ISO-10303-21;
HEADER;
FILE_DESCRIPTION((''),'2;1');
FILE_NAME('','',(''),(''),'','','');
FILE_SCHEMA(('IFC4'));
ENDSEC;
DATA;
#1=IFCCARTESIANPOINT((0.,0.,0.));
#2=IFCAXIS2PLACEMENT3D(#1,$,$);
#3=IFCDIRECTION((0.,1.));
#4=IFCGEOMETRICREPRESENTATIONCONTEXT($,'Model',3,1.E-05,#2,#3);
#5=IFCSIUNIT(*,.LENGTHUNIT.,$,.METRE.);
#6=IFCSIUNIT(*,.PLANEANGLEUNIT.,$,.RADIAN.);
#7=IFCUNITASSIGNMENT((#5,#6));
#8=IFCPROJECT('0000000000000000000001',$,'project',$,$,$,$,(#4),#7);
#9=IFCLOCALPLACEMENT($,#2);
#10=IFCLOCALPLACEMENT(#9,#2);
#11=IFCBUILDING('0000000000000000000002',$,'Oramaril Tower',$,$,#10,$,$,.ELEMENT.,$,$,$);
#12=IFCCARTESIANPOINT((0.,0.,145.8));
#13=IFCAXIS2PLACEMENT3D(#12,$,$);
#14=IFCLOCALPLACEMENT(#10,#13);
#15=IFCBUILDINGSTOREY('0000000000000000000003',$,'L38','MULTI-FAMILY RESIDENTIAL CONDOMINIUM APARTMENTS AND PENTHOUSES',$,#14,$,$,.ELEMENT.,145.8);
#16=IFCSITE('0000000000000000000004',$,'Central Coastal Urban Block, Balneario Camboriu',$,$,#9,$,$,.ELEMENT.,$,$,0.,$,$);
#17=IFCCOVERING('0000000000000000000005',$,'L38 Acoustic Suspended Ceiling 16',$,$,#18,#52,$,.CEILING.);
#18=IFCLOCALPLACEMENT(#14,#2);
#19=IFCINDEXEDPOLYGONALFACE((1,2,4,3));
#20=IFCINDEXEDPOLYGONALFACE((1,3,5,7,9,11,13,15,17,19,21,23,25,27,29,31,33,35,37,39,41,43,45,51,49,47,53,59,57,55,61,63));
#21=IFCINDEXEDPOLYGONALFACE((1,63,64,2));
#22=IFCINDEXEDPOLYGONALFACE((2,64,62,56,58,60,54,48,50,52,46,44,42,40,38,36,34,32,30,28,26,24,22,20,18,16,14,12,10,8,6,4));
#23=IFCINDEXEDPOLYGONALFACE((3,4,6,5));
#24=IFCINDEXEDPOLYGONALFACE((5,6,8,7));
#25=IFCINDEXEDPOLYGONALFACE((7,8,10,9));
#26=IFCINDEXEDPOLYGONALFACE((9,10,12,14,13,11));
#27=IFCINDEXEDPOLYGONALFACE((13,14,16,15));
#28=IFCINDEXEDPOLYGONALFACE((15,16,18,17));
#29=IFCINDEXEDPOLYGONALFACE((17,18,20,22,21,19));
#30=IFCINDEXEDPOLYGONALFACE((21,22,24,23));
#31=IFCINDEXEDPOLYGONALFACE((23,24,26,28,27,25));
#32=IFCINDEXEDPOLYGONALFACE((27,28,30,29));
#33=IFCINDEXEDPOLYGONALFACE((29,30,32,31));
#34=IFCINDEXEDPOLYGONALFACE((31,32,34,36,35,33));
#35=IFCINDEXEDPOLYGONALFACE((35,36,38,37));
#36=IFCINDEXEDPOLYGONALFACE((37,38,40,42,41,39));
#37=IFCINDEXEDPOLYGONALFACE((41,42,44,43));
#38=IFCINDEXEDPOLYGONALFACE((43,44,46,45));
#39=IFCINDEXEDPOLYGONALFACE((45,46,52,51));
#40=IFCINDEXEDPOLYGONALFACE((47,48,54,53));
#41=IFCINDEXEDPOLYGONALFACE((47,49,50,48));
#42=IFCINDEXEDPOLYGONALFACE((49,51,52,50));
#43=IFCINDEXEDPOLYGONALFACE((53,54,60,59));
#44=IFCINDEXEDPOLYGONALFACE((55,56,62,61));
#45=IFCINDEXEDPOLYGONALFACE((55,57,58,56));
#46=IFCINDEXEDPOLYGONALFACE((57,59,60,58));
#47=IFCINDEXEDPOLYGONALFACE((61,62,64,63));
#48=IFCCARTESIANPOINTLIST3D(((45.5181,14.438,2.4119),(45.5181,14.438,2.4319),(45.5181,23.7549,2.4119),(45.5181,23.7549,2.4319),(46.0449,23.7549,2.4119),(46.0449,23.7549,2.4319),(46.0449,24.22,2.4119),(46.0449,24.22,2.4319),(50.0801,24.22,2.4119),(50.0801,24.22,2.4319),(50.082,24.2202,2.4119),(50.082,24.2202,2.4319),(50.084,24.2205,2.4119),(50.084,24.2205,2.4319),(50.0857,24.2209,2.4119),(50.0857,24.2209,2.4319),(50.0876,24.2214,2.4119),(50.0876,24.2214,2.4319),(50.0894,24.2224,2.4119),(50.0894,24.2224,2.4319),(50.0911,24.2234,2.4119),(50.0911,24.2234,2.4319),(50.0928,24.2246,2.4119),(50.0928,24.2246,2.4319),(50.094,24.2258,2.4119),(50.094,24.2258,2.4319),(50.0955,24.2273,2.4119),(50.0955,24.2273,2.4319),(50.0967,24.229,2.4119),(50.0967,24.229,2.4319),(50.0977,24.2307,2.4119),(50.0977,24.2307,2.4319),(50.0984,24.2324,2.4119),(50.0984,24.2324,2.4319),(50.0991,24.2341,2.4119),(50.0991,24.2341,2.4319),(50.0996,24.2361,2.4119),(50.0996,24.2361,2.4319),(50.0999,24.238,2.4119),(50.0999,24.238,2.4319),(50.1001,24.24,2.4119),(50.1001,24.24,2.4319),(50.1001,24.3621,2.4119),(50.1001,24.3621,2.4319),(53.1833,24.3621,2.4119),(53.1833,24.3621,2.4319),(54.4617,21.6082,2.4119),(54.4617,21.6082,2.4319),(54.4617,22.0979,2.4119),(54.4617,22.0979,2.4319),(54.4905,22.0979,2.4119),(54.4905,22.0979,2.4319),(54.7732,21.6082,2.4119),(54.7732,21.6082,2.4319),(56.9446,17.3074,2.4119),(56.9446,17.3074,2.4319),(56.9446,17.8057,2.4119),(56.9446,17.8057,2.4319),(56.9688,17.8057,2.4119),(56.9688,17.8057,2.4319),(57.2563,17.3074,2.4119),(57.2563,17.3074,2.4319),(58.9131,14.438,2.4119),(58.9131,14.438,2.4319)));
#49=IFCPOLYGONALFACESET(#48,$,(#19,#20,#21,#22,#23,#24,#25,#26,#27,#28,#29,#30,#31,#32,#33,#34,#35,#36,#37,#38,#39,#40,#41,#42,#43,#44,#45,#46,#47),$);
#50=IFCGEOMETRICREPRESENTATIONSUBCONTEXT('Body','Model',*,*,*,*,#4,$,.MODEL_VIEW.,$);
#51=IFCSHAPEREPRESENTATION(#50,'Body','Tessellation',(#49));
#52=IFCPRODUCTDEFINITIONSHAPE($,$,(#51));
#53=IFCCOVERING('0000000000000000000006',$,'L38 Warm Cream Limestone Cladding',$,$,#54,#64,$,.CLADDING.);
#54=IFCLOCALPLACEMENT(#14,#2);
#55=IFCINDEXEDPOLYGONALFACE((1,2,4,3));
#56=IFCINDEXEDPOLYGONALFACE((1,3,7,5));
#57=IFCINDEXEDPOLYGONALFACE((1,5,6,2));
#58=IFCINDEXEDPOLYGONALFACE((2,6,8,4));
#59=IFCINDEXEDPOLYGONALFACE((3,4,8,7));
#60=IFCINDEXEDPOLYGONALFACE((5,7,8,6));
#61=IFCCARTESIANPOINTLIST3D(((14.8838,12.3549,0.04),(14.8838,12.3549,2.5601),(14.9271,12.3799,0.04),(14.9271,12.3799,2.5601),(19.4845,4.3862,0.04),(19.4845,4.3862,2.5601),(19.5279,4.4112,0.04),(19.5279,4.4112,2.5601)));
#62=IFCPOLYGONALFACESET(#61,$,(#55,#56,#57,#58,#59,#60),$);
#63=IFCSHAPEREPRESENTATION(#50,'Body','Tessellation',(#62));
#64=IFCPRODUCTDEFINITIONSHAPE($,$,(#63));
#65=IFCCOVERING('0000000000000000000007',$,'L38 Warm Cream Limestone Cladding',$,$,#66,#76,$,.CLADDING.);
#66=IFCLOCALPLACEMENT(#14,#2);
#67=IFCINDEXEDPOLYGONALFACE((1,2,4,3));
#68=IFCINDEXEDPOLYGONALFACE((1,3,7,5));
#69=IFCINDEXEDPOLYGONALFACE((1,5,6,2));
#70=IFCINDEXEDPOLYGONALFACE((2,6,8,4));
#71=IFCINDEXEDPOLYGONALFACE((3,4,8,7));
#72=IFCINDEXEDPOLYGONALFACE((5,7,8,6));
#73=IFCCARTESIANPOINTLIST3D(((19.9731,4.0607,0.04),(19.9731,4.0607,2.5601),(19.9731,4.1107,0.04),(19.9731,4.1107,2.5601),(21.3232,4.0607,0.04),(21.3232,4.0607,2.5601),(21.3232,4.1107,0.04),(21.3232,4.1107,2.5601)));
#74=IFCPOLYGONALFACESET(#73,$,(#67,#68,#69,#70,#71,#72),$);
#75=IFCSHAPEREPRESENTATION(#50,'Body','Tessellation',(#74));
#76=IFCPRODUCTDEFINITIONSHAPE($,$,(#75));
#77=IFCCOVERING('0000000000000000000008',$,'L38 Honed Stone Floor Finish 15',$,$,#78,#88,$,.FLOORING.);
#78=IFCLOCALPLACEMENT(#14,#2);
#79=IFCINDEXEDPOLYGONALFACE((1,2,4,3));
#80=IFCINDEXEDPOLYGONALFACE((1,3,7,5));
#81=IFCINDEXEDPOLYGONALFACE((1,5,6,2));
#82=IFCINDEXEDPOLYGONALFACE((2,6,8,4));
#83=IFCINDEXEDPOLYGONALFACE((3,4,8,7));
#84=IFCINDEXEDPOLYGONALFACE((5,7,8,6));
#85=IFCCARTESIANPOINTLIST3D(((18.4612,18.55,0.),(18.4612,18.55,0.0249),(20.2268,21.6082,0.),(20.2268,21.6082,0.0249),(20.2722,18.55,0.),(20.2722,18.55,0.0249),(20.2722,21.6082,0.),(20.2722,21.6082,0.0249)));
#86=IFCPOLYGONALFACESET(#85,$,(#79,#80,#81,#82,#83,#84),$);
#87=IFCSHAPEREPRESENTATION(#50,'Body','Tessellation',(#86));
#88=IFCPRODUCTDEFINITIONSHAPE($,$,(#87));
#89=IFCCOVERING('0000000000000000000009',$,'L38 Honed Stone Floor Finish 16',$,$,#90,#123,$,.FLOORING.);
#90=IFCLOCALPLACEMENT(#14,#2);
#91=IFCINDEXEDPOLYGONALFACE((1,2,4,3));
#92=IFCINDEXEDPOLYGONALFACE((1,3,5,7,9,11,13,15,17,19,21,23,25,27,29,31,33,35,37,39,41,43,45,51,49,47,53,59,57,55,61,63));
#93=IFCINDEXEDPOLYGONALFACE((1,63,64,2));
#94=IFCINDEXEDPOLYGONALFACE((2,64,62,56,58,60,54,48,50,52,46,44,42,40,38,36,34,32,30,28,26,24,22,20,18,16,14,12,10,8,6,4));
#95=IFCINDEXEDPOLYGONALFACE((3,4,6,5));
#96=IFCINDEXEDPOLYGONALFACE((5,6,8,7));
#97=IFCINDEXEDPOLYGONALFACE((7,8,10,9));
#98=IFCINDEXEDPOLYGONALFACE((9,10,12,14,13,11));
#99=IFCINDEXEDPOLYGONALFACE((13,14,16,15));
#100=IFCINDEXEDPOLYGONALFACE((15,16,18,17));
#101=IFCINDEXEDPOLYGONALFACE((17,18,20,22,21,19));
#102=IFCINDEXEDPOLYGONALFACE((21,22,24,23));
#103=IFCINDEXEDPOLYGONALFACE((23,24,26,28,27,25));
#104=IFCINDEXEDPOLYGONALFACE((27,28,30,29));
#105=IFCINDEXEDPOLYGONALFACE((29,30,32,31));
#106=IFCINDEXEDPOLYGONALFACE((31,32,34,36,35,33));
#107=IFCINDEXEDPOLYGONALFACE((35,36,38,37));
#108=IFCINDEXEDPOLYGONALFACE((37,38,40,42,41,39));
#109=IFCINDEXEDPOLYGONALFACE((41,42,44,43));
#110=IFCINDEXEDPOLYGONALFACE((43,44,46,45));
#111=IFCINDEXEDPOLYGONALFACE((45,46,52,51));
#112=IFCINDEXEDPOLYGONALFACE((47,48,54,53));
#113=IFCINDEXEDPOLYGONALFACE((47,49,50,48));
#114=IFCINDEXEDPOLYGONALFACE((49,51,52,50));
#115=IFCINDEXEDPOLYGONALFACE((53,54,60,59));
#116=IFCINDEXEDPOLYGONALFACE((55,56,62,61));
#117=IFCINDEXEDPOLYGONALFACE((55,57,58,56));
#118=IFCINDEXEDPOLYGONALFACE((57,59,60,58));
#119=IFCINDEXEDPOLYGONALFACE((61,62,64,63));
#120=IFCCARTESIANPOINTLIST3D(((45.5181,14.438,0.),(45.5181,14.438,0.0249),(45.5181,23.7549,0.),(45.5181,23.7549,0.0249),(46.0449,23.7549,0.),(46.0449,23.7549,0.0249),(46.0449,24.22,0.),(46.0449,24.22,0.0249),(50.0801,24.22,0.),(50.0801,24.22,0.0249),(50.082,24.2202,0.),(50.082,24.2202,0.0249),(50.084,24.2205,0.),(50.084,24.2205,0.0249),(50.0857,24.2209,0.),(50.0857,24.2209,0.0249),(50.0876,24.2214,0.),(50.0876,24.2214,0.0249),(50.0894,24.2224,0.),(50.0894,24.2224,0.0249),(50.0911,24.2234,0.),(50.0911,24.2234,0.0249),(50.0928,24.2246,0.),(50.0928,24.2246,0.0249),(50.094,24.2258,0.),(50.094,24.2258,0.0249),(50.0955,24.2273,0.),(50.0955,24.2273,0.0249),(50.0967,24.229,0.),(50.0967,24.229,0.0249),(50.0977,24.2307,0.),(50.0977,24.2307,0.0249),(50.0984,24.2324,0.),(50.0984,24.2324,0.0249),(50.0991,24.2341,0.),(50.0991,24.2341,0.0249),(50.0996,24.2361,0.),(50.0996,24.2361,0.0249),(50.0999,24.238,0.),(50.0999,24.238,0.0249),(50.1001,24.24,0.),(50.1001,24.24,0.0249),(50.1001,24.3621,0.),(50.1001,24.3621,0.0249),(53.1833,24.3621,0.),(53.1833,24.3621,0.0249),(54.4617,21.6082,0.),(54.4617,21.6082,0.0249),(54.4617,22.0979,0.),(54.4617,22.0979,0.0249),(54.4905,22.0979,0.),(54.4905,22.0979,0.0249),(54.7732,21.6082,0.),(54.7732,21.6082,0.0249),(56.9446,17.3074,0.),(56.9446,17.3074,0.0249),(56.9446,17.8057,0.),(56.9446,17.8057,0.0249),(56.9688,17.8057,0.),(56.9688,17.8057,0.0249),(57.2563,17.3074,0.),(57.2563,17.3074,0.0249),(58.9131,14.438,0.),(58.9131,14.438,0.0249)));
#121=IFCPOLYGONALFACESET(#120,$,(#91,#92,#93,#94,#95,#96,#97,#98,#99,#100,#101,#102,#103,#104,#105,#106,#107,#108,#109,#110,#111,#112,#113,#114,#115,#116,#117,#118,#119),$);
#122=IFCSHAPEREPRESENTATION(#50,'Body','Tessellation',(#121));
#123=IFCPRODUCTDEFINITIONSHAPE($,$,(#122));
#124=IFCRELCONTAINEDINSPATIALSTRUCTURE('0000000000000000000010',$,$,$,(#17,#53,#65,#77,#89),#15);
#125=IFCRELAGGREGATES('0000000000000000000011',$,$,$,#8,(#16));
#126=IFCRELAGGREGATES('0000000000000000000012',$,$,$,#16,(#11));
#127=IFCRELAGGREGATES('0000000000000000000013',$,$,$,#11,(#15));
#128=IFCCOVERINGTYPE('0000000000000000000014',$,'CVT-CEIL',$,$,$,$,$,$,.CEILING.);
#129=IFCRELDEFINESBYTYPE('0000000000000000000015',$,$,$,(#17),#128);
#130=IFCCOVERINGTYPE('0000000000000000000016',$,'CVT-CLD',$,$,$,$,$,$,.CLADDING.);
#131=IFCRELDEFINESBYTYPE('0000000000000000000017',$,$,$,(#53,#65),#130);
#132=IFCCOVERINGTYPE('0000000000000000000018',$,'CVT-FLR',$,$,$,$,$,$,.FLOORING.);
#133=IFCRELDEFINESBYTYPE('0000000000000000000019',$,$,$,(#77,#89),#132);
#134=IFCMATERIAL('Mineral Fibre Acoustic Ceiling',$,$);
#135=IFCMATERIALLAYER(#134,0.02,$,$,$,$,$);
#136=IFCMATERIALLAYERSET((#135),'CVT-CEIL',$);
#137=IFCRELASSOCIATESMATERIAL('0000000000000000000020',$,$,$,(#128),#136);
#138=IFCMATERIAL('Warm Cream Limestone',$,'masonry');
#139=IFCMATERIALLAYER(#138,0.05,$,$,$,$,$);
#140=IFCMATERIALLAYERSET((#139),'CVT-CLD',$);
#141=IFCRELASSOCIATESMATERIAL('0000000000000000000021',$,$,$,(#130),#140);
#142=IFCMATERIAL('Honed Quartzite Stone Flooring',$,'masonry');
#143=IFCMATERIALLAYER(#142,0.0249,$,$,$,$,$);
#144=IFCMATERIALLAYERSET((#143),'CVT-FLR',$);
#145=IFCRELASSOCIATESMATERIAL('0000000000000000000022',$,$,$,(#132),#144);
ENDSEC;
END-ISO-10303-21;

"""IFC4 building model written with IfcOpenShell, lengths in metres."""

from ifc_helpers import new_model, si_unit, direction, frame, origin, origin_2d, place, context, subcontext, project, spatial, polyline, rectangle, outline, extrude, material, layer, layer_set, type_object, element, save


model = new_model("IFC4")

# Units and contexts
model_context = context("Model", 3, precision=1e-05, world=origin(), true_north=direction((0.0, 1.0)))
body_context = subcontext(model_context, "Body", "Model", "MODEL_VIEW")
ifc_project = project(units=[si_unit("LENGTHUNIT", "METRE"), si_unit("PLANEANGLEUNIT", "RADIAN")], contexts=[model_context])

# Site, building, storey
site_placement = place(None, origin())
site = spatial("IfcSite", under=ifc_project, at=site_placement, Name="Central Coastal Urban Block, Balneario Camboriu", CompositionType="ELEMENT", RefElevation=0.0)
building_placement = place(site_placement, origin())
building = spatial("IfcBuilding", under=site, at=building_placement, Name="Oramaril Tower", CompositionType="ELEMENT")
storey_placement = place(building_placement, frame((0.0, 0.0, 145.8)))
storey = spatial("IfcBuildingStorey", under=building, at=storey_placement, Name="L38", Description="MULTI-FAMILY RESIDENTIAL CONDOMINIUM APARTMENTS AND PENTHOUSES", CompositionType="ELEMENT", Elevation=145.8)

# Coverings
ifc_material_1 = material(Name="Mineral Fibre Acoustic Ceiling")
ifc_layer_1 = layer(ifc_material_1, 0.02)
ifc_layer_set_1 = layer_set([ifc_layer_1], Name="CVT-CEIL")
covering_type_1 = type_object("IfcCoveringType", Name="CVT-CEIL", PredefinedType="CEILING", material=ifc_layer_set_1)
covering_1_placement = place(storey_placement, frame((0.0, 0.0, 2.4119)))
element("IfcCovering", 1, at=covering_1_placement, inside=storey, type_object=covering_type_1, Name="L38 Acoustic Suspended Ceiling 16", PredefinedType="CEILING", context=body_context, shape_type="SweptSolid", body=[
    extrude(outline(polyline([(54.4905, 22.0979), (54.4617, 22.0979), (54.4617, 21.6082), (54.7732, 21.6082), (56.9688, 17.8057), (56.9446, 17.8057), (56.9446, 17.3074), (57.2563, 17.3074), (58.9131, 14.438), (45.5181, 14.438), (45.5181, 23.7549), (46.0449, 23.7549), (46.0449, 24.22), (50.0801, 24.22), (50.082, 24.2202), (50.084, 24.2205), (50.0857, 24.2209), (50.0876, 24.2214), (50.0894, 24.2224), (50.0911, 24.2234), (50.0928, 24.2246), (50.094, 24.2258), (50.0955, 24.2273), (50.0967, 24.229), (50.0977, 24.2307), (50.0984, 24.2324), (50.0991, 24.2341), (50.0996, 24.2361), (50.0999, 24.238), (50.1001, 24.24), (50.1001, 24.3621), (53.1833, 24.3621), (54.4905, 22.0979)])), origin(), (0.0, 0.0, 1.0), 0.02),
])
ifc_material_2 = material(Name="Warm Cream Limestone", Category="masonry")
ifc_layer_2 = layer(ifc_material_2, 0.05)
ifc_layer_set_2 = layer_set([ifc_layer_2], Name="CVT-CLD")
covering_type_2 = type_object("IfcCoveringType", Name="CVT-CLD", PredefinedType="CLADDING", material=ifc_layer_set_2)
covering_2_placement = place(storey_placement, frame((17.2058, 8.3831, 0.04), z_axis=(0.0, 0.0, 1.0), x_axis=(0.500003, -0.866024, 0.0)))
element("IfcCovering", 2, at=covering_2_placement, inside=storey, type_object=covering_type_2, Name="L38 Warm Cream Limestone Cladding", PredefinedType="CLADDING", context=body_context, shape_type="SweptSolid", body=[
    extrude(rectangle(XDim=9.2014, YDim=0.05, at=origin_2d()), origin(), (0.0, 0.0, 1.0), 2.52),
])
covering_3_placement = place(storey_placement, frame((20.6482, 4.0857, 0.04), z_axis=(0.0, 0.0, 1.0), x_axis=(1.0, 0.0, 0.0)))
element("IfcCovering", 3, at=covering_3_placement, inside=storey, type_object=covering_type_2, Name="L38 Warm Cream Limestone Cladding", PredefinedType="CLADDING", context=body_context, shape_type="SweptSolid", body=[
    extrude(rectangle(XDim=1.3501, YDim=0.05, at=origin_2d()), origin(), (0.0, 0.0, 1.0), 2.52),
])
ifc_material_3 = material(Name="Honed Quartzite Stone Flooring", Category="masonry")
ifc_layer_3 = layer(ifc_material_3, 0.0249)
ifc_layer_set_3 = layer_set([ifc_layer_3], Name="CVT-FLR")
covering_type_3 = type_object("IfcCoveringType", Name="CVT-FLR", PredefinedType="FLOORING", material=ifc_layer_set_3)
covering_4_placement = place(storey_placement, origin())
element("IfcCovering", 4, at=covering_4_placement, inside=storey, type_object=covering_type_3, Name="L38 Honed Stone Floor Finish 15", PredefinedType="FLOORING", context=body_context, shape_type="SweptSolid", body=[
    extrude(outline(polyline([(20.2268, 21.6082), (20.2722, 21.6082), (20.2722, 18.55), (18.4612, 18.55), (20.2268, 21.6082)])), origin(), (0.0, 0.0, 1.0), 0.0249),
])
covering_5_placement = place(storey_placement, origin())
element("IfcCovering", 5, at=covering_5_placement, inside=storey, type_object=covering_type_3, Name="L38 Honed Stone Floor Finish 16", PredefinedType="FLOORING", context=body_context, shape_type="SweptSolid", body=[
    extrude(outline(polyline([(54.4905, 22.0979), (54.4617, 22.0979), (54.4617, 21.6082), (54.7732, 21.6082), (56.9688, 17.8057), (56.9446, 17.8057), (56.9446, 17.3074), (57.2563, 17.3074), (58.9131, 14.438), (45.5181, 14.438), (45.5181, 23.7549), (46.0449, 23.7549), (46.0449, 24.22), (50.0801, 24.22), (50.082, 24.2202), (50.084, 24.2205), (50.0857, 24.2209), (50.0876, 24.2214), (50.0894, 24.2224), (50.0911, 24.2234), (50.0928, 24.2246), (50.094, 24.2258), (50.0955, 24.2273), (50.0967, 24.229), (50.0977, 24.2307), (50.0984, 24.2324), (50.0991, 24.2341), (50.0996, 24.2361), (50.0999, 24.238), (50.1001, 24.24), (50.1001, 24.3621), (53.1833, 24.3621), (54.4905, 22.0979)])), origin(), (0.0, 0.0, 1.0), 0.0249),
])

save(model, "model.ifc")
